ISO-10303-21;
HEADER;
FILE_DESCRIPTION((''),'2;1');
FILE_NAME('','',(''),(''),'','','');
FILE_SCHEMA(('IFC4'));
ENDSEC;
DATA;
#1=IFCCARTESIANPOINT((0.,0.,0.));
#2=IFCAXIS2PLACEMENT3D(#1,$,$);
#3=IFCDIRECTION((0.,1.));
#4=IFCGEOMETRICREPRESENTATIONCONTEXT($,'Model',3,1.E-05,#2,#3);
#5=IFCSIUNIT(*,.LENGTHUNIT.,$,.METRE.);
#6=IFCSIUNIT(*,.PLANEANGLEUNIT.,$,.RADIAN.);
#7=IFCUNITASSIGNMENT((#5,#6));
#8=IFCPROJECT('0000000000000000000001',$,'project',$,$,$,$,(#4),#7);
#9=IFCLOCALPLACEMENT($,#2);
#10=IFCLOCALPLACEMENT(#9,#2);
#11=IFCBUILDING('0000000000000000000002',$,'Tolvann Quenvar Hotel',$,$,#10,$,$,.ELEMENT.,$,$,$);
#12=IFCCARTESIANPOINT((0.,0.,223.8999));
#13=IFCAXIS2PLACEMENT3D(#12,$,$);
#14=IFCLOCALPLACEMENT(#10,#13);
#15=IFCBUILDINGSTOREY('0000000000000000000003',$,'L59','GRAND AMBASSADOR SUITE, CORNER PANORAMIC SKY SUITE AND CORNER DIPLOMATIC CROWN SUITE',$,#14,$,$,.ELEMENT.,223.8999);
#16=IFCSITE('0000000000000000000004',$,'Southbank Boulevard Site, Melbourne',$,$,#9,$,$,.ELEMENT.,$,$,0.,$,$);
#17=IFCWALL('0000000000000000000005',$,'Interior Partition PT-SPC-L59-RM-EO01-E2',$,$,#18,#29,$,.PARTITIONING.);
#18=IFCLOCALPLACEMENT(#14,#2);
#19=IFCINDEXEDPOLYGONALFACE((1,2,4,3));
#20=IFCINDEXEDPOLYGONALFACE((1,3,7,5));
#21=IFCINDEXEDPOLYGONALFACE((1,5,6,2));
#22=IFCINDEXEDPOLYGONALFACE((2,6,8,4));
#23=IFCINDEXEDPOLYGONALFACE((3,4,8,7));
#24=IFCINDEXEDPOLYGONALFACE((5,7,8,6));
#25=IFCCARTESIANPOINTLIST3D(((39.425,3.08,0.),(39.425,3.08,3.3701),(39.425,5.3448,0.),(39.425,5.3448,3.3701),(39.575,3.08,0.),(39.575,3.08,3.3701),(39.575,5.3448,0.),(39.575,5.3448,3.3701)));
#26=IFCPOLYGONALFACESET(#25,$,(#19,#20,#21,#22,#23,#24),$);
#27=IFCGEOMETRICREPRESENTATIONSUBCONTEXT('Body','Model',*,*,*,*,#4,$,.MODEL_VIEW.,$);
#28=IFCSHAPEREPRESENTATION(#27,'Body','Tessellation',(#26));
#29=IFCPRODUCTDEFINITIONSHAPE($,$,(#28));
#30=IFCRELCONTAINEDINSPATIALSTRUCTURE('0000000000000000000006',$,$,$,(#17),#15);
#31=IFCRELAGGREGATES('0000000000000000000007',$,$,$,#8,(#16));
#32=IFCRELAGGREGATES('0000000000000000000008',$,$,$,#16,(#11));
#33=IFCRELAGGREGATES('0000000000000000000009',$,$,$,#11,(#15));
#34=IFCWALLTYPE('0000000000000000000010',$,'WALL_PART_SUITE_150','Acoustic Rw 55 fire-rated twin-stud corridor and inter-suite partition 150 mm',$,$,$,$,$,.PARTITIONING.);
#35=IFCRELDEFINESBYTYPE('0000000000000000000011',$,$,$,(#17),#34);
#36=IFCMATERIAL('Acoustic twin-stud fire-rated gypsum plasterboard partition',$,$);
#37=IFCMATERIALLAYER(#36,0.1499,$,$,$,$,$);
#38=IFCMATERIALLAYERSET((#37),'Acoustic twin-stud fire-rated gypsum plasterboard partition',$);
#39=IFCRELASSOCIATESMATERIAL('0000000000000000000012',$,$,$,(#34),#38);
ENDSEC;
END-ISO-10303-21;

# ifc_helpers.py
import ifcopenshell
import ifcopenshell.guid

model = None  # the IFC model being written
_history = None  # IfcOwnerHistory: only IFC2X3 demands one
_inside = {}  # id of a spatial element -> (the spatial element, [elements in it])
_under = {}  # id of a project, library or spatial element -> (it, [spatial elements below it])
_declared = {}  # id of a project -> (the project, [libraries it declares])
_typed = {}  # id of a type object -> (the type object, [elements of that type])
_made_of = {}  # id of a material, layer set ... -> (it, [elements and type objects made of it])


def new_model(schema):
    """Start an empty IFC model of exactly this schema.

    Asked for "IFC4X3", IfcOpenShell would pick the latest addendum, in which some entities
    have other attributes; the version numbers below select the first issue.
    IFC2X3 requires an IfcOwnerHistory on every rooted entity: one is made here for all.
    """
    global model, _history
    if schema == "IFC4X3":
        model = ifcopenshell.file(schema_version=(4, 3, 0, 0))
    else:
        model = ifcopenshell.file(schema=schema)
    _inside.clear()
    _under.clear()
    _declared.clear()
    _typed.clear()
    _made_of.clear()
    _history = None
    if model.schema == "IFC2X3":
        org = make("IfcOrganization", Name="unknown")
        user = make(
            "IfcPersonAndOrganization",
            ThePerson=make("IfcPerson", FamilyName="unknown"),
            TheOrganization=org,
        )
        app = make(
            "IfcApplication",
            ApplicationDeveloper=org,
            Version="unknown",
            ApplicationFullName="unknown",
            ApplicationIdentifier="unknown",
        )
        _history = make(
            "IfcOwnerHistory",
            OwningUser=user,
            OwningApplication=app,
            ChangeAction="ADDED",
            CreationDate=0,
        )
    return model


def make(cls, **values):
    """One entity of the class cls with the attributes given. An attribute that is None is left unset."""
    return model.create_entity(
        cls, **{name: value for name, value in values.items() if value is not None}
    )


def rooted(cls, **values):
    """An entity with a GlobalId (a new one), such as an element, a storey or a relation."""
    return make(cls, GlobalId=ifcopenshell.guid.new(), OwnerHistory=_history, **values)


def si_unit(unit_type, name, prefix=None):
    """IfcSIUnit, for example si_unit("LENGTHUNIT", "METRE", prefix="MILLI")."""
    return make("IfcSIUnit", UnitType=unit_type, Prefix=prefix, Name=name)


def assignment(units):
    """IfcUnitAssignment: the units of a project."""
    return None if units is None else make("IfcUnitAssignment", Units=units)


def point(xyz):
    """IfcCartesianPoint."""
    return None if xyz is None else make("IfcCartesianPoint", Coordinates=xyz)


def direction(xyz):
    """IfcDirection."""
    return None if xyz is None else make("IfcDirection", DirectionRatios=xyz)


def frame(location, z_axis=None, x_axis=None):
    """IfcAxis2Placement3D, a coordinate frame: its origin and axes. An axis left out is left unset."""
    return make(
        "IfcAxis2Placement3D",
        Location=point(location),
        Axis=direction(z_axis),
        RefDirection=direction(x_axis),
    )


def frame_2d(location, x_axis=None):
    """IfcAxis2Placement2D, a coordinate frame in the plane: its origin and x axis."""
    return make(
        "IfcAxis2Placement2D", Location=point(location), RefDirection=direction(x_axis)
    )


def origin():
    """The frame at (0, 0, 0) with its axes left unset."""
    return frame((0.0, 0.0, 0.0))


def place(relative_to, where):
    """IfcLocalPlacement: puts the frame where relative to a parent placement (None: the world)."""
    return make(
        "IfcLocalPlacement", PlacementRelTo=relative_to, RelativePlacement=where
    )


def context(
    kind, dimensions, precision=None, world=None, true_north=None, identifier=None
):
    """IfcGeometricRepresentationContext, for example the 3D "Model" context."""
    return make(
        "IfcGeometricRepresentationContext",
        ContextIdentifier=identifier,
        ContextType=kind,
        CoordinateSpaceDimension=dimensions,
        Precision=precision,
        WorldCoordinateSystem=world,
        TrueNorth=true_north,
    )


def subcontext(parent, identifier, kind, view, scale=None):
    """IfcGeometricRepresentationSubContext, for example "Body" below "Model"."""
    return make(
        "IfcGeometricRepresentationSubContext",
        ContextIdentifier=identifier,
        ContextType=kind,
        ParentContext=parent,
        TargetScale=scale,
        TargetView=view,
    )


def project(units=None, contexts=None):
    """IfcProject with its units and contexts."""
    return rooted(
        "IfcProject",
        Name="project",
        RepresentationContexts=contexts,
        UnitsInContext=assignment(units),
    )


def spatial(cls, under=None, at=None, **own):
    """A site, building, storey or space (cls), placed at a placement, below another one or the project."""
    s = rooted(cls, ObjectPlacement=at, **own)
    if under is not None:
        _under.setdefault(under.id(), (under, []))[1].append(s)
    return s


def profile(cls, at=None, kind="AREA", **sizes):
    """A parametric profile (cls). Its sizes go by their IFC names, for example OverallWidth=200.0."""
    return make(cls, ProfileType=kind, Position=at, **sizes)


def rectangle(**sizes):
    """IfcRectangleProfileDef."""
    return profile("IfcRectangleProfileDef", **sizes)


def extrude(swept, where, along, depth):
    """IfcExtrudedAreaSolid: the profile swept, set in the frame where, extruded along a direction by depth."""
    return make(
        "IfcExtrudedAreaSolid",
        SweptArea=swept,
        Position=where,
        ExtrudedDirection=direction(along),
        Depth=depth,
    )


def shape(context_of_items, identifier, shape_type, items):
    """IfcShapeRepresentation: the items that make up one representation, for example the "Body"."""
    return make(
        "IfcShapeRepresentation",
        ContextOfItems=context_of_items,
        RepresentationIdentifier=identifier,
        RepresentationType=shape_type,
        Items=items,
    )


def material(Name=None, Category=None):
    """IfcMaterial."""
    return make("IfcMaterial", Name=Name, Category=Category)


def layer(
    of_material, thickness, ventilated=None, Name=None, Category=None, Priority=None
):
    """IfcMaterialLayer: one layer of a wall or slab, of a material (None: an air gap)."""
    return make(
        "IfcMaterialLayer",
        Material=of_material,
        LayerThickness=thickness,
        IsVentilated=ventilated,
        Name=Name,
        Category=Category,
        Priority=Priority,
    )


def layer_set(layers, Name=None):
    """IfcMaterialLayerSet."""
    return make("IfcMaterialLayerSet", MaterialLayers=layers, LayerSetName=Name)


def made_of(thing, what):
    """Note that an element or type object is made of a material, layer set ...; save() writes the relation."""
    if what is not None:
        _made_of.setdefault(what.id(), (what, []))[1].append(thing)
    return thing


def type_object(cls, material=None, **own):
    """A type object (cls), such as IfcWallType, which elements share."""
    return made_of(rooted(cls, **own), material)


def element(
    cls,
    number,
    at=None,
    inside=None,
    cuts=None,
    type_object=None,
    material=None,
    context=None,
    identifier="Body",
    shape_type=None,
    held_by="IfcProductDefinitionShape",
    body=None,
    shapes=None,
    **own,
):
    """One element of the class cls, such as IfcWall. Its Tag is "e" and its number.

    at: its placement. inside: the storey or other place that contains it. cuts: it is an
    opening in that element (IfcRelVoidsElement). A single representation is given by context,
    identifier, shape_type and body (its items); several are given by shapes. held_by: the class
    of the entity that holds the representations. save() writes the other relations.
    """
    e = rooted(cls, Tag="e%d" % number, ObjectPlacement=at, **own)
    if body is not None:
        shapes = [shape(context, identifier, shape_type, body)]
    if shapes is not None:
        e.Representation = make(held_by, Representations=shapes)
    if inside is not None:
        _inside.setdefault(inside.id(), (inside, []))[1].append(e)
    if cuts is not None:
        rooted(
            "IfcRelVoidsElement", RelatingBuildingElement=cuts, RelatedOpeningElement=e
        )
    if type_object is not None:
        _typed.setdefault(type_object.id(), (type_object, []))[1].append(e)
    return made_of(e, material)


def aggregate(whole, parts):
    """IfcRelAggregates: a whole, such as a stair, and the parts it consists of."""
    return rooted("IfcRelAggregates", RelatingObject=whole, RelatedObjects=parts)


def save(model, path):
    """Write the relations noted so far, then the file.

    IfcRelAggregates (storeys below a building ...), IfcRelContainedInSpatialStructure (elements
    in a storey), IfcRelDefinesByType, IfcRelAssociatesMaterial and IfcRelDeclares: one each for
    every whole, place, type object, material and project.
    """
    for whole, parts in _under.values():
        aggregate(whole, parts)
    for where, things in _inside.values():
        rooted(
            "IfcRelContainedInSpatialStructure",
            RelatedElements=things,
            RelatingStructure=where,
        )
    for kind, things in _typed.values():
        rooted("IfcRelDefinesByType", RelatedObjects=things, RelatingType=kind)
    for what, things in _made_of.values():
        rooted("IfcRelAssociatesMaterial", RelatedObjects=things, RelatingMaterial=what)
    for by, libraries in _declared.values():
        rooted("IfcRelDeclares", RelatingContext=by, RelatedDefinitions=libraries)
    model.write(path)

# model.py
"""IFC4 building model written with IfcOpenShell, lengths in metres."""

from ifc_helpers import new_model, si_unit, direction, frame, frame_2d, origin, place, context, subcontext, project, spatial, rectangle, extrude, material, layer, layer_set, type_object, element, save


model = new_model("IFC4")

# Units and contexts
model_context = context("Model", 3, precision=1e-05, world=origin(), true_north=direction((0.0, 1.0)))
body_context = subcontext(model_context, "Body", "Model", "MODEL_VIEW")
ifc_project = project(units=[si_unit("LENGTHUNIT", "METRE"), si_unit("PLANEANGLEUNIT", "RADIAN")], contexts=[model_context])

# Site, building, storey
site_placement = place(None, origin())
site = spatial("IfcSite", under=ifc_project, at=site_placement, Name="Southbank Boulevard Site, Melbourne", CompositionType="ELEMENT", RefElevation=0.0)
building_placement = place(site_placement, origin())
building = spatial("IfcBuilding", under=site, at=building_placement, Name="Tolvann Quenvar Hotel", CompositionType="ELEMENT")
storey_placement = place(building_placement, frame((0.0, 0.0, 223.8999)))
storey = spatial("IfcBuildingStorey", under=building, at=storey_placement, Name="L59", Description="GRAND AMBASSADOR SUITE, CORNER PANORAMIC SKY SUITE AND CORNER DIPLOMATIC CROWN SUITE", CompositionType="ELEMENT", Elevation=223.8999)

# Wall
ifc_material_1 = material(Name="Acoustic twin-stud fire-rated gypsum plasterboard partition")
ifc_layer_1 = layer(ifc_material_1, 0.1499)
ifc_layer_set_1 = layer_set([ifc_layer_1], Name="Acoustic twin-stud fire-rated gypsum plasterboard partition")
wall_type_1 = type_object("IfcWallType", Name="WALL_PART_SUITE_150", Description="Acoustic Rw 55 fire-rated twin-stud corridor and inter-suite partition 150 mm", PredefinedType="PARTITIONING", material=ifc_layer_set_1)
wall_1_placement = place(storey_placement, frame((39.5, 3.0801, 0.0), z_axis=(0.0, 0.0, 1.0), x_axis=(0.0, 1.0, 0.0)))
element("IfcWall", 1, at=wall_1_placement, inside=storey, type_object=wall_type_1, Name="Interior Partition PT-SPC-L59-RM-EO01-E2", PredefinedType="PARTITIONING", context=body_context, shape_type="SweptSolid", body=[
    extrude(rectangle(XDim=2.2649, YDim=0.1499, at=frame_2d((1.1323, 0.0))), origin(), (0.0, 0.0, 1.0), 3.3701),
])

save(model, "model.ifc")
